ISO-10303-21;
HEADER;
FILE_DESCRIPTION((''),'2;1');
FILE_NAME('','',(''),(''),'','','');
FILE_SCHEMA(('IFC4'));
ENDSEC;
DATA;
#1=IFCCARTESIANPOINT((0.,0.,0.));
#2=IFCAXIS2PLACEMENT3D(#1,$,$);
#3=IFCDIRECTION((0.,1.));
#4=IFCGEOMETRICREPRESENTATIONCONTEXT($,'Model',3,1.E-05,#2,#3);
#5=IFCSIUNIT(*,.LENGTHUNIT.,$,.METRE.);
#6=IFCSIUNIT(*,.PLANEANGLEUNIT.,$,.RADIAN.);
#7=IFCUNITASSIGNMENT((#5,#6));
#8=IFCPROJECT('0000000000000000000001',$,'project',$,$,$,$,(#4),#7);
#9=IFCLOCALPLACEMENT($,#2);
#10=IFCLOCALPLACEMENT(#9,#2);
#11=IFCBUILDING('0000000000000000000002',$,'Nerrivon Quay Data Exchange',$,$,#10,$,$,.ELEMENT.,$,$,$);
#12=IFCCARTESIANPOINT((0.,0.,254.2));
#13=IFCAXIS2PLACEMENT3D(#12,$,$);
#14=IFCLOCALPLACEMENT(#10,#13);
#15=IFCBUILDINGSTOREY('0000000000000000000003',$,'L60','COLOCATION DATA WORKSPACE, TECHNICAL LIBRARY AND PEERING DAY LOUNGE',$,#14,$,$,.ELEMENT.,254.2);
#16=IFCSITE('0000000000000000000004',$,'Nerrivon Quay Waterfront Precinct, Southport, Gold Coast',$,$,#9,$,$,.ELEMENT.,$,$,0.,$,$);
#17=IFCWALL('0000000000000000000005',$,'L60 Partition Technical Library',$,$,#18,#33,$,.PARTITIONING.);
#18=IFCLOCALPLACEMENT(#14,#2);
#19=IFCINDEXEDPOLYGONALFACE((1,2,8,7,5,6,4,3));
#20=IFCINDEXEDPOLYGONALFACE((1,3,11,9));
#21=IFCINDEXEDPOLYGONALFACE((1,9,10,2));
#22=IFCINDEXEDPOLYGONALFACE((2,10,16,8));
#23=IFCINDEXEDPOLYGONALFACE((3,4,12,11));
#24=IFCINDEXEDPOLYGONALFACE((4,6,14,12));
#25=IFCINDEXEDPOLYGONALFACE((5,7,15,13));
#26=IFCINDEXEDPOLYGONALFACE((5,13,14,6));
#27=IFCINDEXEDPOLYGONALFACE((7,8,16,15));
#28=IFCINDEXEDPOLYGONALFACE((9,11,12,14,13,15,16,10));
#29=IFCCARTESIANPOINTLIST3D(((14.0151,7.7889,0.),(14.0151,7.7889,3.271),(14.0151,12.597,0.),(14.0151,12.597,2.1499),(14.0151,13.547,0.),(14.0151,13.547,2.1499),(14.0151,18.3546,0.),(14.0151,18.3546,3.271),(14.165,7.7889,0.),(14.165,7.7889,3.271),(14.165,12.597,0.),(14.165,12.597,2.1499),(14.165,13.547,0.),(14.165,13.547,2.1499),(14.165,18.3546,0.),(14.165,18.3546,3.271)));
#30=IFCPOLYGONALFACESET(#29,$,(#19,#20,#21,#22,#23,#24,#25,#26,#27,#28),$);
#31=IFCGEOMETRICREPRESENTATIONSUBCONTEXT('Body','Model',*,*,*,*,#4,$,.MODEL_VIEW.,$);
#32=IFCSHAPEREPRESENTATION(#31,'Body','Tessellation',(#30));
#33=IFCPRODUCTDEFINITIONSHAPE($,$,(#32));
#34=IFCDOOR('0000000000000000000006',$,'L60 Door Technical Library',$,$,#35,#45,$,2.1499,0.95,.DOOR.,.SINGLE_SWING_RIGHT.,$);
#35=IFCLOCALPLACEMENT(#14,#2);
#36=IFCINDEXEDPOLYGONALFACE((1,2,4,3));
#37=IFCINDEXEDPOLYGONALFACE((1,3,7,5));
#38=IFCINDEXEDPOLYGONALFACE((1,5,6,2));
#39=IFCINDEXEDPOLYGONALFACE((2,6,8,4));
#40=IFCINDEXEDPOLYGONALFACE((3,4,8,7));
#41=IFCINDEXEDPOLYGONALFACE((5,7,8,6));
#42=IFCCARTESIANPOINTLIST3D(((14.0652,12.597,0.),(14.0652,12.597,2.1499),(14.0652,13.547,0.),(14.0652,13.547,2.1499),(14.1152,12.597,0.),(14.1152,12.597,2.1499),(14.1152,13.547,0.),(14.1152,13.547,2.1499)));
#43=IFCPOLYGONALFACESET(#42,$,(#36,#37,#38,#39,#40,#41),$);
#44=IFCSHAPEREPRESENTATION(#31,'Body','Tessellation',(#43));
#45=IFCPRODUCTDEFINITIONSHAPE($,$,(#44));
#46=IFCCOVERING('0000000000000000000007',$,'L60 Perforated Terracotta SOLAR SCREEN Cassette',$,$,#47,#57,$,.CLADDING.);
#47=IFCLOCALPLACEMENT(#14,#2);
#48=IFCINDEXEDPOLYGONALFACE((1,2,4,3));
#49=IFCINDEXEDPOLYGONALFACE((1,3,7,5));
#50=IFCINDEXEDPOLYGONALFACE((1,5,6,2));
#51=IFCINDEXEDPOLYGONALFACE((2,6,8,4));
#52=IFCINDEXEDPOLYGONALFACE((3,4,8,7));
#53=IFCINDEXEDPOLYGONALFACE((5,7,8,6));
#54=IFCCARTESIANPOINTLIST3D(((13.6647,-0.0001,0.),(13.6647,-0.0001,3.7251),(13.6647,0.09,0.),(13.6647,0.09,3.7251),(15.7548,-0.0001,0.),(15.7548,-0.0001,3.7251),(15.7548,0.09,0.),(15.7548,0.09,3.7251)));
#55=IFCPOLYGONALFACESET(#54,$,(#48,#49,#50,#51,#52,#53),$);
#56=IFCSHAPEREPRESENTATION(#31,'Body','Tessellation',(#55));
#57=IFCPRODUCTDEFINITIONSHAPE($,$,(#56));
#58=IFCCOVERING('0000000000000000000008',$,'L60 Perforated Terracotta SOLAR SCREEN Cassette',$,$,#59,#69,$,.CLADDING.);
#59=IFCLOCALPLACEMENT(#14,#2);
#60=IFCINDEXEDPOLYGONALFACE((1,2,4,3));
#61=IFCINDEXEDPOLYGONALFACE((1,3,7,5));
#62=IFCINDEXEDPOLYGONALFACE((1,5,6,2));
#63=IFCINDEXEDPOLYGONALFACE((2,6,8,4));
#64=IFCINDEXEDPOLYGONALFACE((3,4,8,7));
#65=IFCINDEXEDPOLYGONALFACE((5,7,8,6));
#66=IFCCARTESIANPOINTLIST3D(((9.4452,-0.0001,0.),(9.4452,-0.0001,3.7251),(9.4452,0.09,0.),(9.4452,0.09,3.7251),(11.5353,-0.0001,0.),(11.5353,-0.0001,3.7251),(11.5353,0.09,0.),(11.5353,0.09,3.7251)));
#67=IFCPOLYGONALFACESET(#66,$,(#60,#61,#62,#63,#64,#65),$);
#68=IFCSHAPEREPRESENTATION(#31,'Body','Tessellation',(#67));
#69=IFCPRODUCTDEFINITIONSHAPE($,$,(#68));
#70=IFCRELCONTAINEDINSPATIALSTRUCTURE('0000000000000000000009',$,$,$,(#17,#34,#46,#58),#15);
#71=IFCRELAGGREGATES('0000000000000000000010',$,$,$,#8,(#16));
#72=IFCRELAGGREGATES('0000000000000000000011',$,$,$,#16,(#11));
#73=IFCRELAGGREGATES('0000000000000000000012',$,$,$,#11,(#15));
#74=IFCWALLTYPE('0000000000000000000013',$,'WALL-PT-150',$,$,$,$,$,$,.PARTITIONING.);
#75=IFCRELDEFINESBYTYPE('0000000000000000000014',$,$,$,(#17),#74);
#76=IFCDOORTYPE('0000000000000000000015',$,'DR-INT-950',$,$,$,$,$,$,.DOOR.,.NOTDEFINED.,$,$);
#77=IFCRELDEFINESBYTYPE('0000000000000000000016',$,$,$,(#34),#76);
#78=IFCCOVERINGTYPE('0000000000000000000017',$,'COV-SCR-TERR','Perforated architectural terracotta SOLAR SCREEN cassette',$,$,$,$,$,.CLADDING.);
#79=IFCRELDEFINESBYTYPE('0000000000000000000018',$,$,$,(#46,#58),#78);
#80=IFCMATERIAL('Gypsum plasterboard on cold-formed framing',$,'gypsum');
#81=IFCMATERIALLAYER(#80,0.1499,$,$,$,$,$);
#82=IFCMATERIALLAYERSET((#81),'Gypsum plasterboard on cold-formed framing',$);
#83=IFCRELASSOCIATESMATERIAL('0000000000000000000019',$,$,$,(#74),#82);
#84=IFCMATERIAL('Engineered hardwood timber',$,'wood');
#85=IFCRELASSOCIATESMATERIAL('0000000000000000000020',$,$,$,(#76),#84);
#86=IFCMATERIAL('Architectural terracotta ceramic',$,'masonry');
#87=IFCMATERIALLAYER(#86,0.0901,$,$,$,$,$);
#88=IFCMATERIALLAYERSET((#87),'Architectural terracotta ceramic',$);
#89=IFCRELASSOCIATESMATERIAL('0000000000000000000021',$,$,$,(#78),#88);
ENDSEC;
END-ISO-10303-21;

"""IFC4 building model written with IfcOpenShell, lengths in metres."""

from ifc_helpers import new_model, si_unit, direction, frame, frame_2d, origin, origin_2d, place, context, subcontext, project, spatial, rectangle, extrude, material, layer, layer_set, type_object, element, fill, save


model = new_model("IFC4")

# Units and contexts
model_context = context("Model", 3, precision=1e-05, world=origin(), true_north=direction((0.0, 1.0)))
body_context = subcontext(model_context, "Body", "Model", "MODEL_VIEW")
ifc_project = project(units=[si_unit("LENGTHUNIT", "METRE"), si_unit("PLANEANGLEUNIT", "RADIAN")], contexts=[model_context])

# Site, building, storey
site_placement = place(None, origin())
site = spatial("IfcSite", under=ifc_project, at=site_placement, Name="Nerrivon Quay Waterfront Precinct, Southport, Gold Coast", CompositionType="ELEMENT", RefElevation=0.0)
building_placement = place(site_placement, origin())
building = spatial("IfcBuilding", under=site, at=building_placement, Name="Nerrivon Quay Data Exchange", CompositionType="ELEMENT")
storey_placement = place(building_placement, frame((0.0, 0.0, 254.2)))
storey = spatial("IfcBuildingStorey", under=building, at=storey_placement, Name="L60", Description="COLOCATION DATA WORKSPACE, TECHNICAL LIBRARY AND PEERING DAY LOUNGE", CompositionType="ELEMENT", Elevation=254.2)

# Shared definitions
ifc_material_1 = material(Name="Gypsum plasterboard on cold-formed framing", Category="gypsum")
ifc_material_2 = material(Name="Engineered hardwood timber", Category="wood")

# Wall, opening, door
ifc_layer_1 = layer(ifc_material_1, 0.1499)
ifc_layer_set_1 = layer_set([ifc_layer_1], Name="Gypsum plasterboard on cold-formed framing")
wall_type_1 = type_object("IfcWallType", Name="WALL-PT-150", PredefinedType="PARTITIONING", material=ifc_layer_set_1)
wall_1_placement = place(storey_placement, frame((14.0901, 7.7891, 0.0), z_axis=(0.0, 0.0, 1.0), x_axis=(0.0, 1.0, 0.0)))
wall_1 = element("IfcWall", 1, at=wall_1_placement, inside=storey, type_object=wall_type_1, Name="L60 Partition Technical Library", PredefinedType="PARTITIONING", context=body_context, shape_type="SweptSolid", body=[
    extrude(rectangle(XDim=10.5657, YDim=0.1499, at=frame_2d((5.2827, 0.0))), origin(), (0.0, 0.0, 1.0), 3.271),
])
opening_1_placement = place(wall_1_placement, frame((4.8079, 0.0, 0.0)))
opening_1 = element("IfcOpeningElement", 2, at=opening_1_placement, cuts=wall_1, PredefinedType="OPENING", context=body_context, shape_type="SweptSolid", body=[
    extrude(rectangle(XDim=0.95, YDim=2.1499, at=frame_2d((0.4751, 1.075))), frame((0.0, 0.085, 0.0), z_axis=(0.0, -1.0, 0.0), x_axis=(1.0, 0.0, 0.0)), (0.0, 0.0, 1.0), 0.1699),
])
door_type_1 = type_object("IfcDoorType", Name="DR-INT-950", OperationType="NOTDEFINED", PredefinedType="DOOR", material=ifc_material_2)
door_1_placement = place(opening_1_placement, origin())
door_1 = element("IfcDoor", 3, at=door_1_placement, inside=storey, type_object=door_type_1, Name="L60 Door Technical Library", OperationType="SINGLE_SWING_RIGHT", OverallHeight=2.1499, OverallWidth=0.95, PredefinedType="DOOR", context=body_context, shape_type="SweptSolid", body=[
    extrude(rectangle(XDim=0.95, YDim=2.1499, at=frame_2d((0.4751, 1.075))), frame((0.0, 0.0249, 0.0), z_axis=(0.0, -1.0, 0.0), x_axis=(1.0, 0.0, 0.0)), (0.0, 0.0, 1.0), 0.05),
])
fill(opening_1, door_1)

# Coverings
ifc_material_3 = material(Name="Architectural terracotta ceramic", Category="masonry")
ifc_layer_2 = layer(ifc_material_3, 0.0901)
ifc_layer_set_2 = layer_set([ifc_layer_2], Name="Architectural terracotta ceramic")
covering_type = type_object("IfcCoveringType", Name="COV-SCR-TERR", Description="Perforated architectural terracotta SOLAR SCREEN cassette", PredefinedType="CLADDING", material=ifc_layer_set_2)
for number, where, z_axis, x_axis, name in (
    (4, (14.7097, 0.0449, 0.0), (0.0, 0.0, 1.0), (-1.0, 0.0, 0.0), "L60 Perforated Terracotta SOLAR SCREEN Cassette"),
    (5, (10.4902, 0.0449, 0.0), (0.0, 0.0, 1.0), (-1.0, 0.0, 0.0), "L60 Perforated Terracotta SOLAR SCREEN Cassette"),
):
    element("IfcCovering", number, at=place(storey_placement, frame(where, z_axis=z_axis, x_axis=x_axis)), inside=storey, type_object=covering_type, Name=name, PredefinedType="CLADDING", context=body_context, shape_type="SweptSolid", body=[
        extrude(rectangle(XDim=2.0901, YDim=0.0901, at=origin_2d()), origin(), (0.0, 0.0, 1.0), 3.7251),
    ])

save(model, "model.ifc")
